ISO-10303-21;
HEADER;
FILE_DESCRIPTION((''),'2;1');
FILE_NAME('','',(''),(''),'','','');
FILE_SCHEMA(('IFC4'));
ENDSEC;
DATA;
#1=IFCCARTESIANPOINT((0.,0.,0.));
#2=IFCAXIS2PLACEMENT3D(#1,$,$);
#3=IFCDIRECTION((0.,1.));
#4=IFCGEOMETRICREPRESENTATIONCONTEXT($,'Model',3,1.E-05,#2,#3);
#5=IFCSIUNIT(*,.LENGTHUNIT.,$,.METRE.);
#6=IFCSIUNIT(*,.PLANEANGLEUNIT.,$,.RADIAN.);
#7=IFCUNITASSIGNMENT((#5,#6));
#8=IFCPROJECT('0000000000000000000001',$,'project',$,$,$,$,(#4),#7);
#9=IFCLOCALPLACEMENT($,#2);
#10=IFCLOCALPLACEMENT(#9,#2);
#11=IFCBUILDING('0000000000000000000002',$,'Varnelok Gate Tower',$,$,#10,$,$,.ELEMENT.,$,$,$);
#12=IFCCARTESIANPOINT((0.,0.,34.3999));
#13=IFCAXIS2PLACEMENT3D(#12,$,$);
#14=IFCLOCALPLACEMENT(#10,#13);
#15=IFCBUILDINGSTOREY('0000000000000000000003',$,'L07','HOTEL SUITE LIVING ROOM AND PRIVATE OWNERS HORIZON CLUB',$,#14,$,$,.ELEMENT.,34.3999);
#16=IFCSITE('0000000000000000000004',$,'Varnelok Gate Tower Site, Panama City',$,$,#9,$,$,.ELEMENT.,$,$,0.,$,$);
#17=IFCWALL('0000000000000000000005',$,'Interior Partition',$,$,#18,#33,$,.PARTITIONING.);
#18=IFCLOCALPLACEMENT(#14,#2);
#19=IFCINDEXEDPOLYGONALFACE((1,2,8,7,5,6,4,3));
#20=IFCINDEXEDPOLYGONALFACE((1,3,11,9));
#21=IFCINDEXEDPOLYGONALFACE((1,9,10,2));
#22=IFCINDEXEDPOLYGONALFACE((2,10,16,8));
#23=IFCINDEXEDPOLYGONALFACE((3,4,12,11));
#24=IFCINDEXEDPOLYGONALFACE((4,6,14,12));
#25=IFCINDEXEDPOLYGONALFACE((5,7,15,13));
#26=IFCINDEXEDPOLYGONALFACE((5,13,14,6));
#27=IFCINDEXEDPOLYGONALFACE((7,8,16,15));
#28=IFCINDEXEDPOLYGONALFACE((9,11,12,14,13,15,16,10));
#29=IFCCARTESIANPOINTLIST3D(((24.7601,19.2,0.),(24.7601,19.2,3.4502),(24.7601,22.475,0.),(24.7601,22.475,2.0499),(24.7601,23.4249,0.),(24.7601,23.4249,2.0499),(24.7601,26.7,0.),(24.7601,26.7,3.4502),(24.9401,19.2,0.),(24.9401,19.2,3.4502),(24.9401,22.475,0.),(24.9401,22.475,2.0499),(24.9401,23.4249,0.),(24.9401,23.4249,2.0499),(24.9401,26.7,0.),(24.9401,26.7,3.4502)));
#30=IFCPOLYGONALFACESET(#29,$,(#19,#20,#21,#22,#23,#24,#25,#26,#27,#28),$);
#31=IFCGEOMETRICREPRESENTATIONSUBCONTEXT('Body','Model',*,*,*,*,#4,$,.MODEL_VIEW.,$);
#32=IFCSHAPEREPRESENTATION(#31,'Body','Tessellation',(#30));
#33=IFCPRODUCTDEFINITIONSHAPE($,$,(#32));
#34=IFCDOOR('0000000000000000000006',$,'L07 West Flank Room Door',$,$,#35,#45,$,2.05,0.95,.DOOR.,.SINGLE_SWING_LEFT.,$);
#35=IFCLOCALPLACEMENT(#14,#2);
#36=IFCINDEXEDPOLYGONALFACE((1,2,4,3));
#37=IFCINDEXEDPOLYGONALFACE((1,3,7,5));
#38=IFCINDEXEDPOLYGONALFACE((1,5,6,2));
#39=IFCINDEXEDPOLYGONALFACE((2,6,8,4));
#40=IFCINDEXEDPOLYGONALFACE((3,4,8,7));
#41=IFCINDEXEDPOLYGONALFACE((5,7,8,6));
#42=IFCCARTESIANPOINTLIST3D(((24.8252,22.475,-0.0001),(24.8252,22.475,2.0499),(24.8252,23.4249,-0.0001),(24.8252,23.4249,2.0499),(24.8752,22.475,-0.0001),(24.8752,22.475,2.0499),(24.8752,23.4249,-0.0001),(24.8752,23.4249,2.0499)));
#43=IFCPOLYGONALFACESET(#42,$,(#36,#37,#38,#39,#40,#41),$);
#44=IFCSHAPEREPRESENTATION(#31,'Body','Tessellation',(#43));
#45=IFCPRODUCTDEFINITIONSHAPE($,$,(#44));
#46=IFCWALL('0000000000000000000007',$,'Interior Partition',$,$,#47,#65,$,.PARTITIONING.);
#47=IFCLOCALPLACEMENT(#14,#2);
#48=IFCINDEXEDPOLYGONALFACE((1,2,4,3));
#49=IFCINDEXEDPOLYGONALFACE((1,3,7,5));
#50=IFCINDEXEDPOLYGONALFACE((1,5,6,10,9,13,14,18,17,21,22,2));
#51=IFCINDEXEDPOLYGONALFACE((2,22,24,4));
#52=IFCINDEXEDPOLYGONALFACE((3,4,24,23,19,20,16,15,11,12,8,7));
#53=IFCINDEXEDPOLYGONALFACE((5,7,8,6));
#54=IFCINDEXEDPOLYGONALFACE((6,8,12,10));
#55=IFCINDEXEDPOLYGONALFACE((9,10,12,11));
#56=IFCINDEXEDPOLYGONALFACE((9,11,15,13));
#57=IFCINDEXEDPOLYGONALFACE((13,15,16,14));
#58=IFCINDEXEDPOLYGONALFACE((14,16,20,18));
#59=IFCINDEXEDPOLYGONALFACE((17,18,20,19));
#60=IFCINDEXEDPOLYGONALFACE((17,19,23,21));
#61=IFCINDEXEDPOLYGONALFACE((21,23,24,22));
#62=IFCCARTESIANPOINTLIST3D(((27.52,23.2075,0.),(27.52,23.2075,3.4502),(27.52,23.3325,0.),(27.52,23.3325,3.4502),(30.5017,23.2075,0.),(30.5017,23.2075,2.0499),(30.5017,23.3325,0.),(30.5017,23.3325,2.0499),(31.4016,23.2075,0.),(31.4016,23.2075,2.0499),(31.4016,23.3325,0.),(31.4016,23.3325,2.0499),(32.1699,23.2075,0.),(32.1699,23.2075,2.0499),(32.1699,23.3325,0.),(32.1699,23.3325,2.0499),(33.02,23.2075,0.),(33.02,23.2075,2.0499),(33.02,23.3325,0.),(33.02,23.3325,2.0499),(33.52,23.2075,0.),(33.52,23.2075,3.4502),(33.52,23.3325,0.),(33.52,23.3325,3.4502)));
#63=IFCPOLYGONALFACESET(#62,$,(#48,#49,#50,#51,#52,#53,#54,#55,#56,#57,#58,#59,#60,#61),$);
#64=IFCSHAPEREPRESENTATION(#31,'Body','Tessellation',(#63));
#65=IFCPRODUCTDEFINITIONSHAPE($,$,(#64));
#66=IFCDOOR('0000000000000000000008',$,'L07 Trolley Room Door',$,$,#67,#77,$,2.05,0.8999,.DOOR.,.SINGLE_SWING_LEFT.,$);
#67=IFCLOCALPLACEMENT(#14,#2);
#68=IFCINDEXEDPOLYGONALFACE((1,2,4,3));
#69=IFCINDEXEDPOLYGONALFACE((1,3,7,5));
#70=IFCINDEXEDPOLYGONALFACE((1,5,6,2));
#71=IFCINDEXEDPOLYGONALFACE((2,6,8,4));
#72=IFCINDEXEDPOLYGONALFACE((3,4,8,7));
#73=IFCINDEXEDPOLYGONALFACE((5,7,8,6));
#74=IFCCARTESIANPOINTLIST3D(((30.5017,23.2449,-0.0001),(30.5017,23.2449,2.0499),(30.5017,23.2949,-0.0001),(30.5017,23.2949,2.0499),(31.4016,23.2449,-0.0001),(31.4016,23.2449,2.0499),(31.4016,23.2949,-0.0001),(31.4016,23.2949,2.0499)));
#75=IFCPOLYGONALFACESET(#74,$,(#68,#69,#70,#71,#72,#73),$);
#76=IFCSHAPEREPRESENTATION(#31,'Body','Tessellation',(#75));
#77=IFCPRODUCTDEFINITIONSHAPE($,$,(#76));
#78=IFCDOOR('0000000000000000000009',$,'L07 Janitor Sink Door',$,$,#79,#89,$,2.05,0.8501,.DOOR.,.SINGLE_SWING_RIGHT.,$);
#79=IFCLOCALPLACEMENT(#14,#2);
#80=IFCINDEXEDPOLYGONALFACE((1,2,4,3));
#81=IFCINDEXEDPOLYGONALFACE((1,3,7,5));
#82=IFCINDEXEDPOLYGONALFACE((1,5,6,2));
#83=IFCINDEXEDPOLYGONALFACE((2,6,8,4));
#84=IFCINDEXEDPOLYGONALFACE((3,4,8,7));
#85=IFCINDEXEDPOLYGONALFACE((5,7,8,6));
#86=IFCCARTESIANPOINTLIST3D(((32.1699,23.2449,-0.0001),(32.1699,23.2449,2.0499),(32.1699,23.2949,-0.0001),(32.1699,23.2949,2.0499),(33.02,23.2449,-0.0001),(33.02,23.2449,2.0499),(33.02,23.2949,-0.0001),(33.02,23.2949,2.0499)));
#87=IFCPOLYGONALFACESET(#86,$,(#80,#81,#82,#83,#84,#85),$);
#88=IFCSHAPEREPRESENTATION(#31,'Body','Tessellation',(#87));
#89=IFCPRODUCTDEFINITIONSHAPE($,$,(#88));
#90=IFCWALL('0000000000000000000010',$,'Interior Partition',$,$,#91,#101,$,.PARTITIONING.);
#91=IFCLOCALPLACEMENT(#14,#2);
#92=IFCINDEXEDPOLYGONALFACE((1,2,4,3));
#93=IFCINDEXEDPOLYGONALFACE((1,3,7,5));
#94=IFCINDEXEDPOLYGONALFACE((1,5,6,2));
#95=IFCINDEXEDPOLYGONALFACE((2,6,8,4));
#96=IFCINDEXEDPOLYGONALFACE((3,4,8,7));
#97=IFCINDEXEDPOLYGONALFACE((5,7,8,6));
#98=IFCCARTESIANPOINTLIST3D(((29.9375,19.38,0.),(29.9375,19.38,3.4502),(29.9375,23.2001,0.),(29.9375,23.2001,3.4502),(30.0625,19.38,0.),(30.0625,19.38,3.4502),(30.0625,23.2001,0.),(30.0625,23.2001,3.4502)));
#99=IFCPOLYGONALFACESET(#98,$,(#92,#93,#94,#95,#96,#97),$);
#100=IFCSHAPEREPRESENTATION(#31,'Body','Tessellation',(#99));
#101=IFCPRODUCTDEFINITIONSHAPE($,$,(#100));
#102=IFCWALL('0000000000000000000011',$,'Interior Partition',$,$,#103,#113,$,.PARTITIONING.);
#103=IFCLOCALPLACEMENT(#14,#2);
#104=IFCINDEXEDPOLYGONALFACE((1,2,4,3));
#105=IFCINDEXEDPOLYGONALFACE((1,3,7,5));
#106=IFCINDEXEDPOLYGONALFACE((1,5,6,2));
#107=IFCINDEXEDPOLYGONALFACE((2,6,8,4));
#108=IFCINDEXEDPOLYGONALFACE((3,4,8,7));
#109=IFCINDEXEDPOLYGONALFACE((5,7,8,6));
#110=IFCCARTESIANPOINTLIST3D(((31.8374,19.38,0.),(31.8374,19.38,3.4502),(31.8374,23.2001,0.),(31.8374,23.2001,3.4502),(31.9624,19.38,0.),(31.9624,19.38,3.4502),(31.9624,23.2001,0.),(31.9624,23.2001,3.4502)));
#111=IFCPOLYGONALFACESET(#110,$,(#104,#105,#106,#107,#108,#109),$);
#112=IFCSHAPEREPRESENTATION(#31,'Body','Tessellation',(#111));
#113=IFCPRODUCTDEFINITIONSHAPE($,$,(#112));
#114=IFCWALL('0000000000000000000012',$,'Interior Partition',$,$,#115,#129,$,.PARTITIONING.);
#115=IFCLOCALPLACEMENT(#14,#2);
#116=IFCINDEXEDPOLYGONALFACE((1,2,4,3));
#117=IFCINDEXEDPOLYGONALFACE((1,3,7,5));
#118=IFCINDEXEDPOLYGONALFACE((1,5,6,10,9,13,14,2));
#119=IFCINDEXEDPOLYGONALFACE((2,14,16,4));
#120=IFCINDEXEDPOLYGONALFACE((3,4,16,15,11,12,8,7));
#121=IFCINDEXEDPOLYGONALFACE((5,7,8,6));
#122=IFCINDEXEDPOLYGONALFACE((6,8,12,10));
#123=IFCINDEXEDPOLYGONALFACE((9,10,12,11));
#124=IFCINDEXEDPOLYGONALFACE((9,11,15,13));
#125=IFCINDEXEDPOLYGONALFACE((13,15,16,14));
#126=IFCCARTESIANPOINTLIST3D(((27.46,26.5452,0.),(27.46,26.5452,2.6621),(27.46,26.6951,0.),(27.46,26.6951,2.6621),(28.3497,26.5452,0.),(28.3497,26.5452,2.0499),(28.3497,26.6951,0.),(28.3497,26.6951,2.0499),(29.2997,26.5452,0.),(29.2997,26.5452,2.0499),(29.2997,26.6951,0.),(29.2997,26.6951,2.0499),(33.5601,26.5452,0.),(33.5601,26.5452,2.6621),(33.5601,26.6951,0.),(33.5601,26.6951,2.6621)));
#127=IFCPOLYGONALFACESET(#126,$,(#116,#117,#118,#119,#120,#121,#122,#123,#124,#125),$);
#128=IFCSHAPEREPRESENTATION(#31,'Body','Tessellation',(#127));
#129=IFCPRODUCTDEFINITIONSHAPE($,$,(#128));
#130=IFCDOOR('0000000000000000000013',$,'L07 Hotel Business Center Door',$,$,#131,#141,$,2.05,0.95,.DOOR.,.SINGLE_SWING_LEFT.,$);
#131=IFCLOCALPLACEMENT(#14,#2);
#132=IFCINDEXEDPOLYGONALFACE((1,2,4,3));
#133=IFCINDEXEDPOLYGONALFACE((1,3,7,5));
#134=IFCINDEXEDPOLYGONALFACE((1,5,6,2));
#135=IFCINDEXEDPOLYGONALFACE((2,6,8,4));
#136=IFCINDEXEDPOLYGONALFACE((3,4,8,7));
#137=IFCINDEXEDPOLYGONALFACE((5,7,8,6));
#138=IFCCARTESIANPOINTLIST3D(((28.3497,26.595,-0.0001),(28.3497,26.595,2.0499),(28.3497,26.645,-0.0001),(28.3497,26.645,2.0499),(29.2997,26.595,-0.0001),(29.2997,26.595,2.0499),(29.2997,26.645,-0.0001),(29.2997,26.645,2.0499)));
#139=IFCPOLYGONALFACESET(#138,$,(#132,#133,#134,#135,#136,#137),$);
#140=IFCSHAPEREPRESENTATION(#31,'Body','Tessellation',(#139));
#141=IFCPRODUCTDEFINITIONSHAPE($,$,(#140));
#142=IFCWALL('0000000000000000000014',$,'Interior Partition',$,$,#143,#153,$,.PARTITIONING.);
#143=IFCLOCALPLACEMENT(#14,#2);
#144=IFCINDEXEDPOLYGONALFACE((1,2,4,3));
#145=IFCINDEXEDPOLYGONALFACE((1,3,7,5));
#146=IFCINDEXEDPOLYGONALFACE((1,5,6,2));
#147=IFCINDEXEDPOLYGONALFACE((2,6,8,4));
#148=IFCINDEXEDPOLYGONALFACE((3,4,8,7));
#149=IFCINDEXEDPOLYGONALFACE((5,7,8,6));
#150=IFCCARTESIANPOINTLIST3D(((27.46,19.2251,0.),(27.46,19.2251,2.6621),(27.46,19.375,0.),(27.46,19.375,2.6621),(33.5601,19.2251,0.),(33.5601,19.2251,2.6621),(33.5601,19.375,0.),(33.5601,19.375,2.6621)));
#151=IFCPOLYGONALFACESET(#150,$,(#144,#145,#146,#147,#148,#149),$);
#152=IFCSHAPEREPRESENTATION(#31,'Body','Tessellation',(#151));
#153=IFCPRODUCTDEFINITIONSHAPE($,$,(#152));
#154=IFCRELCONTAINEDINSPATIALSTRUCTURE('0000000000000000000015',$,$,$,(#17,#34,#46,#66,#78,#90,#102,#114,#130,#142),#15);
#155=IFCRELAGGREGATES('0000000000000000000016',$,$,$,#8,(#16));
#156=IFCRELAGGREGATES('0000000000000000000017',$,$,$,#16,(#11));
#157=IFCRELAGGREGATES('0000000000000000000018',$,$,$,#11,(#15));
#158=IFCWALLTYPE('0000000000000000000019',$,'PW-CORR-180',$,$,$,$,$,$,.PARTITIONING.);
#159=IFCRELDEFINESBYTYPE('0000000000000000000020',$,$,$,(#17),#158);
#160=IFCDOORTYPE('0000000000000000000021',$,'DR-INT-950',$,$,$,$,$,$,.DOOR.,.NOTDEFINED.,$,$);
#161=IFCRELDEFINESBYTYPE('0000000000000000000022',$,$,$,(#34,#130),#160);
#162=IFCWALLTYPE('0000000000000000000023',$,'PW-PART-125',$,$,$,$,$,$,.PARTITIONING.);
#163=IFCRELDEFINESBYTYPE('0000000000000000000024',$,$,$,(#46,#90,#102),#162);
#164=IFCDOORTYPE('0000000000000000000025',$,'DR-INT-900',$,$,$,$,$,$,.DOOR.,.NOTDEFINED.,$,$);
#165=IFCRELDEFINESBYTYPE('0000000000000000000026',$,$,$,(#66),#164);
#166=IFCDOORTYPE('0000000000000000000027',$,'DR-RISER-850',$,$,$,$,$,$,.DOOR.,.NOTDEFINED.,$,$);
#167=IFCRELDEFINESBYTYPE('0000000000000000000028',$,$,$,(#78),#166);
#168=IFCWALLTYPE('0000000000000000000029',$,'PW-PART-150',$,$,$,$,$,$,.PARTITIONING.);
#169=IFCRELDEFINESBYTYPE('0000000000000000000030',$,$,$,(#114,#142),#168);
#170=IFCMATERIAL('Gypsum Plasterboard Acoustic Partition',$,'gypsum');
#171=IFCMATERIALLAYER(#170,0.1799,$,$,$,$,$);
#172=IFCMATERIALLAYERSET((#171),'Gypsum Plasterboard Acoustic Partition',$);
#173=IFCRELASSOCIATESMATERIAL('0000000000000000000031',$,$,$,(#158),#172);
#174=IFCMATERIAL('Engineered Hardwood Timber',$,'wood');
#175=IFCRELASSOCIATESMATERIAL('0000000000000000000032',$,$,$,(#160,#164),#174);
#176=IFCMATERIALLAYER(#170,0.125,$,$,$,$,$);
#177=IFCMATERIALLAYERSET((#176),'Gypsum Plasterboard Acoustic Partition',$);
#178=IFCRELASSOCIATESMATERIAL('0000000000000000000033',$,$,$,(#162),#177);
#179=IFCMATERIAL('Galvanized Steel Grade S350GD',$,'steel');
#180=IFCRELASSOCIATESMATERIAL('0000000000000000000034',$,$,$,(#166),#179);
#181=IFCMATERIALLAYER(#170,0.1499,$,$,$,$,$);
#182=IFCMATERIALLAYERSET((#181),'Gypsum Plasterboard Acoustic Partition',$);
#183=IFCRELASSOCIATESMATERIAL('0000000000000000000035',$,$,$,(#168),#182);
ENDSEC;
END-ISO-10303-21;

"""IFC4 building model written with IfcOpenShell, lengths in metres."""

from ifc_helpers import new_model, si_unit, direction, frame, frame_2d, origin, place, context, subcontext, project, spatial, rectangle, extrude, material, layer, layer_set, type_object, element, fill, save


model = new_model("IFC4")

# Units and contexts
model_context = context("Model", 3, precision=1e-05, world=origin(), true_north=direction((0.0, 1.0)))
body_context = subcontext(model_context, "Body", "Model", "MODEL_VIEW")
ifc_project = project(units=[si_unit("LENGTHUNIT", "METRE"), si_unit("PLANEANGLEUNIT", "RADIAN")], contexts=[model_context])

# Site, building, storey
site_placement = place(None, origin())
site = spatial("IfcSite", under=ifc_project, at=site_placement, Name="Varnelok Gate Tower Site, Panama City", CompositionType="ELEMENT", RefElevation=0.0)
building_placement = place(site_placement, origin())
building = spatial("IfcBuilding", under=site, at=building_placement, Name="Varnelok Gate Tower", CompositionType="ELEMENT")
storey_placement = place(building_placement, frame((0.0, 0.0, 34.3999)))
storey = spatial("IfcBuildingStorey", under=building, at=storey_placement, Name="L07", Description="HOTEL SUITE LIVING ROOM AND PRIVATE OWNERS HORIZON CLUB", CompositionType="ELEMENT", Elevation=34.3999)

# Wall, opening, door
ifc_material_1 = material(Name="Gypsum Plasterboard Acoustic Partition", Category="gypsum")
ifc_layer_1 = layer(ifc_material_1, 0.1799)
ifc_layer_set_1 = layer_set([ifc_layer_1], Name="Gypsum Plasterboard Acoustic Partition")
wall_type_1 = type_object("IfcWallType", Name="PW-CORR-180", PredefinedType="PARTITIONING", material=ifc_layer_set_1)
ifc_material_2 = material(Name="Engineered Hardwood Timber", Category="wood")
wall_1_placement = place(storey_placement, frame((24.8501, 19.2, 0.0), z_axis=(0.0, 0.0, 1.0), x_axis=(0.0, 1.0, 0.0)))
wall_1 = element("IfcWall", 1, at=wall_1_placement, inside=storey, type_object=wall_type_1, Name="Interior Partition", PredefinedType="PARTITIONING", context=body_context, shape_type="SweptSolid", body=[
    extrude(rectangle(XDim=7.5, YDim=0.1799, at=frame_2d((3.75, 0.0))), origin(), (0.0, 0.0, 1.0), 3.4502),
])
opening_1_placement = place(wall_1_placement, frame((3.2749, 0.0, 0.0)))
opening_1 = element("IfcOpeningElement", 2, at=opening_1_placement, cuts=wall_1, PredefinedType="OPENING", context=body_context, shape_type="SweptSolid", body=[
    extrude(rectangle(XDim=0.95, YDim=2.05, at=frame_2d((0.4751, 1.0249))), frame((0.0, 0.0999, 0.0), z_axis=(0.0, -1.0, 0.0), x_axis=(1.0, 0.0, 0.0)), (0.0, 0.0, 1.0), 0.2),
])
door_type_1 = type_object("IfcDoorType", Name="DR-INT-950", OperationType="NOTDEFINED", PredefinedType="DOOR", material=ifc_material_2)
door_1_placement = place(opening_1_placement, origin())
door_1 = element("IfcDoor", 3, at=door_1_placement, inside=storey, type_object=door_type_1, Name="L07 West Flank Room Door", OperationType="SINGLE_SWING_LEFT", OverallHeight=2.05, OverallWidth=0.95, PredefinedType="DOOR", context=body_context, shape_type="SweptSolid", body=[
    extrude(rectangle(XDim=0.95, YDim=2.05, at=frame_2d((0.4751, 1.0249))), frame((0.0, 0.0249, 0.0), z_axis=(0.0, -1.0, 0.0), x_axis=(1.0, 0.0, 0.0)), (0.0, 0.0, 1.0), 0.05),
])
fill(opening_1, door_1)

# Wall, openings, doors
ifc_layer_2 = layer(ifc_material_1, 0.125)
ifc_layer_set_2 = layer_set([ifc_layer_2], Name="Gypsum Plasterboard Acoustic Partition")
wall_type_2 = type_object("IfcWallType", Name="PW-PART-125", PredefinedType="PARTITIONING", material=ifc_layer_set_2)
wall_2_placement = place(storey_placement, frame((27.52, 23.27, 0.0), z_axis=(0.0, 0.0, 1.0), x_axis=(1.0, 0.0, 0.0)))
wall_2 = element("IfcWall", 4, at=wall_2_placement, inside=storey, type_object=wall_type_2, Name="Interior Partition", PredefinedType="PARTITIONING", context=body_context, shape_type="SweptSolid", body=[
    extrude(rectangle(XDim=6.0, YDim=0.125, at=frame_2d((3.0, 0.0))), origin(), (0.0, 0.0, 1.0), 3.4502),
])
opening_2_placement = place(wall_2_placement, frame((2.9817, 0.0, 0.0)))
opening_2 = element("IfcOpeningElement", 5, at=opening_2_placement, cuts=wall_2, PredefinedType="OPENING", context=body_context, shape_type="SweptSolid", body=[
    extrude(rectangle(XDim=0.8999, YDim=2.05, at=frame_2d((0.45, 1.0249))), frame((0.0, 0.0725, 0.0), z_axis=(0.0, -1.0, 0.0), x_axis=(1.0, 0.0, 0.0)), (0.0, 0.0, 1.0), 0.145),
])
opening_3_placement = place(wall_2_placement, frame((4.6499, 0.0, 0.0)))
opening_3 = element("IfcOpeningElement", 6, at=opening_3_placement, cuts=wall_2, PredefinedType="OPENING", context=body_context, shape_type="SweptSolid", body=[
    extrude(rectangle(XDim=0.8501, YDim=2.05, at=frame_2d((0.425, 1.0249))), frame((0.0, 0.0725, 0.0), z_axis=(0.0, -1.0, 0.0), x_axis=(1.0, 0.0, 0.0)), (0.0, 0.0, 1.0), 0.145),
])
door_type_2 = type_object("IfcDoorType", Name="DR-INT-900", OperationType="NOTDEFINED", PredefinedType="DOOR", material=ifc_material_2)
door_2_placement = place(opening_2_placement, origin())
door_2 = element("IfcDoor", 7, at=door_2_placement, inside=storey, type_object=door_type_2, Name="L07 Trolley Room Door", OperationType="SINGLE_SWING_LEFT", OverallHeight=2.05, OverallWidth=0.8999, PredefinedType="DOOR", context=body_context, shape_type="SweptSolid", body=[
    extrude(rectangle(XDim=0.8999, YDim=2.05, at=frame_2d((0.45, 1.0249))), frame((0.0, 0.0249, 0.0), z_axis=(0.0, -1.0, 0.0), x_axis=(1.0, 0.0, 0.0)), (0.0, 0.0, 1.0), 0.05),
])
fill(opening_2, door_2)
ifc_material_3 = material(Name="Galvanized Steel Grade S350GD", Category="steel")
door_type_3 = type_object("IfcDoorType", Name="DR-RISER-850", OperationType="NOTDEFINED", PredefinedType="DOOR", material=ifc_material_3)
door_3_placement = place(opening_3_placement, origin())
door_3 = element("IfcDoor", 8, at=door_3_placement, inside=storey, type_object=door_type_3, Name="L07 Janitor Sink Door", OperationType="SINGLE_SWING_RIGHT", OverallHeight=2.05, OverallWidth=0.8501, PredefinedType="DOOR", context=body_context, shape_type="SweptSolid", body=[
    extrude(rectangle(XDim=0.8501, YDim=2.05, at=frame_2d((0.425, 1.0249))), frame((0.0, 0.0249, 0.0), z_axis=(0.0, -1.0, 0.0), x_axis=(1.0, 0.0, 0.0)), (0.0, 0.0, 1.0), 0.05),
])
fill(opening_3, door_3)

# Walls
for number, where, z_axis, x_axis, name in (
    (9, (30.0, 19.3799, 0.0), (0.0, 0.0, 1.0), (0.0, 1.0, 0.0), "Interior Partition"),
    (10, (31.8999, 19.3799, 0.0), (0.0, 0.0, 1.0), (0.0, 1.0, 0.0), "Interior Partition"),
):
    element("IfcWall", number, at=place(storey_placement, frame(where, z_axis=z_axis, x_axis=x_axis)), inside=storey, type_object=wall_type_2, Name=name, PredefinedType="PARTITIONING", context=body_context, shape_type="SweptSolid", body=[
        extrude(rectangle(XDim=3.8201, YDim=0.125, at=frame_2d((1.9102, 0.0))), origin(), (0.0, 0.0, 1.0), 3.4502),
    ])

# Wall, opening, door
ifc_layer_3 = layer(ifc_material_1, 0.1499)
ifc_layer_set_3 = layer_set([ifc_layer_3], Name="Gypsum Plasterboard Acoustic Partition")
wall_type_3 = type_object("IfcWallType", Name="PW-PART-150", PredefinedType="PARTITIONING", material=ifc_layer_set_3)
wall_3_placement = place(storey_placement, frame((27.46, 26.6201, 0.0), z_axis=(0.0, 0.0, 1.0), x_axis=(1.0, 0.0, 0.0)))
wall_3 = element("IfcWall", 11, at=wall_3_placement, inside=storey, type_object=wall_type_3, Name="Interior Partition", PredefinedType="PARTITIONING", context=body_context, shape_type="SweptSolid", body=[
    extrude(rectangle(XDim=6.1001, YDim=0.1499, at=frame_2d((3.05, 0.0))), origin(), (0.0, 0.0, 1.0), 2.6621),
])
opening_4_placement = place(wall_3_placement, frame((0.8896, 0.0, 0.0)))
opening_4 = element("IfcOpeningElement", 12, at=opening_4_placement, cuts=wall_3, PredefinedType="OPENING", context=body_context, shape_type="SweptSolid", body=[
    extrude(rectangle(XDim=0.95, YDim=2.05, at=frame_2d((0.4751, 1.0249))), frame((0.0, 0.085, 0.0), z_axis=(0.0, -1.0, 0.0), x_axis=(1.0, 0.0, 0.0)), (0.0, 0.0, 1.0), 0.1699),
])
door_4_placement = place(opening_4_placement, origin())
door_4 = element("IfcDoor", 13, at=door_4_placement, inside=storey, type_object=door_type_1, Name="L07 Hotel Business Center Door", OperationType="SINGLE_SWING_LEFT", OverallHeight=2.05, OverallWidth=0.95, PredefinedType="DOOR", context=body_context, shape_type="SweptSolid", body=[
    extrude(rectangle(XDim=0.95, YDim=2.05, at=frame_2d((0.4751, 1.0249))), frame((0.0, 0.0249, 0.0), z_axis=(0.0, -1.0, 0.0), x_axis=(1.0, 0.0, 0.0)), (0.0, 0.0, 1.0), 0.05),
])
fill(opening_4, door_4)

# Wall
wall_4_placement = place(storey_placement, frame((27.46, 19.3, 0.0), z_axis=(0.0, 0.0, 1.0), x_axis=(1.0, 0.0, 0.0)))
element("IfcWall", 14, at=wall_4_placement, inside=storey, type_object=wall_type_3, Name="Interior Partition", PredefinedType="PARTITIONING", context=body_context, shape_type="SweptSolid", body=[
    extrude(rectangle(XDim=6.1001, YDim=0.1499, at=frame_2d((3.05, 0.0))), origin(), (0.0, 0.0, 1.0), 2.6621),
])

save(model, "model.ifc")
